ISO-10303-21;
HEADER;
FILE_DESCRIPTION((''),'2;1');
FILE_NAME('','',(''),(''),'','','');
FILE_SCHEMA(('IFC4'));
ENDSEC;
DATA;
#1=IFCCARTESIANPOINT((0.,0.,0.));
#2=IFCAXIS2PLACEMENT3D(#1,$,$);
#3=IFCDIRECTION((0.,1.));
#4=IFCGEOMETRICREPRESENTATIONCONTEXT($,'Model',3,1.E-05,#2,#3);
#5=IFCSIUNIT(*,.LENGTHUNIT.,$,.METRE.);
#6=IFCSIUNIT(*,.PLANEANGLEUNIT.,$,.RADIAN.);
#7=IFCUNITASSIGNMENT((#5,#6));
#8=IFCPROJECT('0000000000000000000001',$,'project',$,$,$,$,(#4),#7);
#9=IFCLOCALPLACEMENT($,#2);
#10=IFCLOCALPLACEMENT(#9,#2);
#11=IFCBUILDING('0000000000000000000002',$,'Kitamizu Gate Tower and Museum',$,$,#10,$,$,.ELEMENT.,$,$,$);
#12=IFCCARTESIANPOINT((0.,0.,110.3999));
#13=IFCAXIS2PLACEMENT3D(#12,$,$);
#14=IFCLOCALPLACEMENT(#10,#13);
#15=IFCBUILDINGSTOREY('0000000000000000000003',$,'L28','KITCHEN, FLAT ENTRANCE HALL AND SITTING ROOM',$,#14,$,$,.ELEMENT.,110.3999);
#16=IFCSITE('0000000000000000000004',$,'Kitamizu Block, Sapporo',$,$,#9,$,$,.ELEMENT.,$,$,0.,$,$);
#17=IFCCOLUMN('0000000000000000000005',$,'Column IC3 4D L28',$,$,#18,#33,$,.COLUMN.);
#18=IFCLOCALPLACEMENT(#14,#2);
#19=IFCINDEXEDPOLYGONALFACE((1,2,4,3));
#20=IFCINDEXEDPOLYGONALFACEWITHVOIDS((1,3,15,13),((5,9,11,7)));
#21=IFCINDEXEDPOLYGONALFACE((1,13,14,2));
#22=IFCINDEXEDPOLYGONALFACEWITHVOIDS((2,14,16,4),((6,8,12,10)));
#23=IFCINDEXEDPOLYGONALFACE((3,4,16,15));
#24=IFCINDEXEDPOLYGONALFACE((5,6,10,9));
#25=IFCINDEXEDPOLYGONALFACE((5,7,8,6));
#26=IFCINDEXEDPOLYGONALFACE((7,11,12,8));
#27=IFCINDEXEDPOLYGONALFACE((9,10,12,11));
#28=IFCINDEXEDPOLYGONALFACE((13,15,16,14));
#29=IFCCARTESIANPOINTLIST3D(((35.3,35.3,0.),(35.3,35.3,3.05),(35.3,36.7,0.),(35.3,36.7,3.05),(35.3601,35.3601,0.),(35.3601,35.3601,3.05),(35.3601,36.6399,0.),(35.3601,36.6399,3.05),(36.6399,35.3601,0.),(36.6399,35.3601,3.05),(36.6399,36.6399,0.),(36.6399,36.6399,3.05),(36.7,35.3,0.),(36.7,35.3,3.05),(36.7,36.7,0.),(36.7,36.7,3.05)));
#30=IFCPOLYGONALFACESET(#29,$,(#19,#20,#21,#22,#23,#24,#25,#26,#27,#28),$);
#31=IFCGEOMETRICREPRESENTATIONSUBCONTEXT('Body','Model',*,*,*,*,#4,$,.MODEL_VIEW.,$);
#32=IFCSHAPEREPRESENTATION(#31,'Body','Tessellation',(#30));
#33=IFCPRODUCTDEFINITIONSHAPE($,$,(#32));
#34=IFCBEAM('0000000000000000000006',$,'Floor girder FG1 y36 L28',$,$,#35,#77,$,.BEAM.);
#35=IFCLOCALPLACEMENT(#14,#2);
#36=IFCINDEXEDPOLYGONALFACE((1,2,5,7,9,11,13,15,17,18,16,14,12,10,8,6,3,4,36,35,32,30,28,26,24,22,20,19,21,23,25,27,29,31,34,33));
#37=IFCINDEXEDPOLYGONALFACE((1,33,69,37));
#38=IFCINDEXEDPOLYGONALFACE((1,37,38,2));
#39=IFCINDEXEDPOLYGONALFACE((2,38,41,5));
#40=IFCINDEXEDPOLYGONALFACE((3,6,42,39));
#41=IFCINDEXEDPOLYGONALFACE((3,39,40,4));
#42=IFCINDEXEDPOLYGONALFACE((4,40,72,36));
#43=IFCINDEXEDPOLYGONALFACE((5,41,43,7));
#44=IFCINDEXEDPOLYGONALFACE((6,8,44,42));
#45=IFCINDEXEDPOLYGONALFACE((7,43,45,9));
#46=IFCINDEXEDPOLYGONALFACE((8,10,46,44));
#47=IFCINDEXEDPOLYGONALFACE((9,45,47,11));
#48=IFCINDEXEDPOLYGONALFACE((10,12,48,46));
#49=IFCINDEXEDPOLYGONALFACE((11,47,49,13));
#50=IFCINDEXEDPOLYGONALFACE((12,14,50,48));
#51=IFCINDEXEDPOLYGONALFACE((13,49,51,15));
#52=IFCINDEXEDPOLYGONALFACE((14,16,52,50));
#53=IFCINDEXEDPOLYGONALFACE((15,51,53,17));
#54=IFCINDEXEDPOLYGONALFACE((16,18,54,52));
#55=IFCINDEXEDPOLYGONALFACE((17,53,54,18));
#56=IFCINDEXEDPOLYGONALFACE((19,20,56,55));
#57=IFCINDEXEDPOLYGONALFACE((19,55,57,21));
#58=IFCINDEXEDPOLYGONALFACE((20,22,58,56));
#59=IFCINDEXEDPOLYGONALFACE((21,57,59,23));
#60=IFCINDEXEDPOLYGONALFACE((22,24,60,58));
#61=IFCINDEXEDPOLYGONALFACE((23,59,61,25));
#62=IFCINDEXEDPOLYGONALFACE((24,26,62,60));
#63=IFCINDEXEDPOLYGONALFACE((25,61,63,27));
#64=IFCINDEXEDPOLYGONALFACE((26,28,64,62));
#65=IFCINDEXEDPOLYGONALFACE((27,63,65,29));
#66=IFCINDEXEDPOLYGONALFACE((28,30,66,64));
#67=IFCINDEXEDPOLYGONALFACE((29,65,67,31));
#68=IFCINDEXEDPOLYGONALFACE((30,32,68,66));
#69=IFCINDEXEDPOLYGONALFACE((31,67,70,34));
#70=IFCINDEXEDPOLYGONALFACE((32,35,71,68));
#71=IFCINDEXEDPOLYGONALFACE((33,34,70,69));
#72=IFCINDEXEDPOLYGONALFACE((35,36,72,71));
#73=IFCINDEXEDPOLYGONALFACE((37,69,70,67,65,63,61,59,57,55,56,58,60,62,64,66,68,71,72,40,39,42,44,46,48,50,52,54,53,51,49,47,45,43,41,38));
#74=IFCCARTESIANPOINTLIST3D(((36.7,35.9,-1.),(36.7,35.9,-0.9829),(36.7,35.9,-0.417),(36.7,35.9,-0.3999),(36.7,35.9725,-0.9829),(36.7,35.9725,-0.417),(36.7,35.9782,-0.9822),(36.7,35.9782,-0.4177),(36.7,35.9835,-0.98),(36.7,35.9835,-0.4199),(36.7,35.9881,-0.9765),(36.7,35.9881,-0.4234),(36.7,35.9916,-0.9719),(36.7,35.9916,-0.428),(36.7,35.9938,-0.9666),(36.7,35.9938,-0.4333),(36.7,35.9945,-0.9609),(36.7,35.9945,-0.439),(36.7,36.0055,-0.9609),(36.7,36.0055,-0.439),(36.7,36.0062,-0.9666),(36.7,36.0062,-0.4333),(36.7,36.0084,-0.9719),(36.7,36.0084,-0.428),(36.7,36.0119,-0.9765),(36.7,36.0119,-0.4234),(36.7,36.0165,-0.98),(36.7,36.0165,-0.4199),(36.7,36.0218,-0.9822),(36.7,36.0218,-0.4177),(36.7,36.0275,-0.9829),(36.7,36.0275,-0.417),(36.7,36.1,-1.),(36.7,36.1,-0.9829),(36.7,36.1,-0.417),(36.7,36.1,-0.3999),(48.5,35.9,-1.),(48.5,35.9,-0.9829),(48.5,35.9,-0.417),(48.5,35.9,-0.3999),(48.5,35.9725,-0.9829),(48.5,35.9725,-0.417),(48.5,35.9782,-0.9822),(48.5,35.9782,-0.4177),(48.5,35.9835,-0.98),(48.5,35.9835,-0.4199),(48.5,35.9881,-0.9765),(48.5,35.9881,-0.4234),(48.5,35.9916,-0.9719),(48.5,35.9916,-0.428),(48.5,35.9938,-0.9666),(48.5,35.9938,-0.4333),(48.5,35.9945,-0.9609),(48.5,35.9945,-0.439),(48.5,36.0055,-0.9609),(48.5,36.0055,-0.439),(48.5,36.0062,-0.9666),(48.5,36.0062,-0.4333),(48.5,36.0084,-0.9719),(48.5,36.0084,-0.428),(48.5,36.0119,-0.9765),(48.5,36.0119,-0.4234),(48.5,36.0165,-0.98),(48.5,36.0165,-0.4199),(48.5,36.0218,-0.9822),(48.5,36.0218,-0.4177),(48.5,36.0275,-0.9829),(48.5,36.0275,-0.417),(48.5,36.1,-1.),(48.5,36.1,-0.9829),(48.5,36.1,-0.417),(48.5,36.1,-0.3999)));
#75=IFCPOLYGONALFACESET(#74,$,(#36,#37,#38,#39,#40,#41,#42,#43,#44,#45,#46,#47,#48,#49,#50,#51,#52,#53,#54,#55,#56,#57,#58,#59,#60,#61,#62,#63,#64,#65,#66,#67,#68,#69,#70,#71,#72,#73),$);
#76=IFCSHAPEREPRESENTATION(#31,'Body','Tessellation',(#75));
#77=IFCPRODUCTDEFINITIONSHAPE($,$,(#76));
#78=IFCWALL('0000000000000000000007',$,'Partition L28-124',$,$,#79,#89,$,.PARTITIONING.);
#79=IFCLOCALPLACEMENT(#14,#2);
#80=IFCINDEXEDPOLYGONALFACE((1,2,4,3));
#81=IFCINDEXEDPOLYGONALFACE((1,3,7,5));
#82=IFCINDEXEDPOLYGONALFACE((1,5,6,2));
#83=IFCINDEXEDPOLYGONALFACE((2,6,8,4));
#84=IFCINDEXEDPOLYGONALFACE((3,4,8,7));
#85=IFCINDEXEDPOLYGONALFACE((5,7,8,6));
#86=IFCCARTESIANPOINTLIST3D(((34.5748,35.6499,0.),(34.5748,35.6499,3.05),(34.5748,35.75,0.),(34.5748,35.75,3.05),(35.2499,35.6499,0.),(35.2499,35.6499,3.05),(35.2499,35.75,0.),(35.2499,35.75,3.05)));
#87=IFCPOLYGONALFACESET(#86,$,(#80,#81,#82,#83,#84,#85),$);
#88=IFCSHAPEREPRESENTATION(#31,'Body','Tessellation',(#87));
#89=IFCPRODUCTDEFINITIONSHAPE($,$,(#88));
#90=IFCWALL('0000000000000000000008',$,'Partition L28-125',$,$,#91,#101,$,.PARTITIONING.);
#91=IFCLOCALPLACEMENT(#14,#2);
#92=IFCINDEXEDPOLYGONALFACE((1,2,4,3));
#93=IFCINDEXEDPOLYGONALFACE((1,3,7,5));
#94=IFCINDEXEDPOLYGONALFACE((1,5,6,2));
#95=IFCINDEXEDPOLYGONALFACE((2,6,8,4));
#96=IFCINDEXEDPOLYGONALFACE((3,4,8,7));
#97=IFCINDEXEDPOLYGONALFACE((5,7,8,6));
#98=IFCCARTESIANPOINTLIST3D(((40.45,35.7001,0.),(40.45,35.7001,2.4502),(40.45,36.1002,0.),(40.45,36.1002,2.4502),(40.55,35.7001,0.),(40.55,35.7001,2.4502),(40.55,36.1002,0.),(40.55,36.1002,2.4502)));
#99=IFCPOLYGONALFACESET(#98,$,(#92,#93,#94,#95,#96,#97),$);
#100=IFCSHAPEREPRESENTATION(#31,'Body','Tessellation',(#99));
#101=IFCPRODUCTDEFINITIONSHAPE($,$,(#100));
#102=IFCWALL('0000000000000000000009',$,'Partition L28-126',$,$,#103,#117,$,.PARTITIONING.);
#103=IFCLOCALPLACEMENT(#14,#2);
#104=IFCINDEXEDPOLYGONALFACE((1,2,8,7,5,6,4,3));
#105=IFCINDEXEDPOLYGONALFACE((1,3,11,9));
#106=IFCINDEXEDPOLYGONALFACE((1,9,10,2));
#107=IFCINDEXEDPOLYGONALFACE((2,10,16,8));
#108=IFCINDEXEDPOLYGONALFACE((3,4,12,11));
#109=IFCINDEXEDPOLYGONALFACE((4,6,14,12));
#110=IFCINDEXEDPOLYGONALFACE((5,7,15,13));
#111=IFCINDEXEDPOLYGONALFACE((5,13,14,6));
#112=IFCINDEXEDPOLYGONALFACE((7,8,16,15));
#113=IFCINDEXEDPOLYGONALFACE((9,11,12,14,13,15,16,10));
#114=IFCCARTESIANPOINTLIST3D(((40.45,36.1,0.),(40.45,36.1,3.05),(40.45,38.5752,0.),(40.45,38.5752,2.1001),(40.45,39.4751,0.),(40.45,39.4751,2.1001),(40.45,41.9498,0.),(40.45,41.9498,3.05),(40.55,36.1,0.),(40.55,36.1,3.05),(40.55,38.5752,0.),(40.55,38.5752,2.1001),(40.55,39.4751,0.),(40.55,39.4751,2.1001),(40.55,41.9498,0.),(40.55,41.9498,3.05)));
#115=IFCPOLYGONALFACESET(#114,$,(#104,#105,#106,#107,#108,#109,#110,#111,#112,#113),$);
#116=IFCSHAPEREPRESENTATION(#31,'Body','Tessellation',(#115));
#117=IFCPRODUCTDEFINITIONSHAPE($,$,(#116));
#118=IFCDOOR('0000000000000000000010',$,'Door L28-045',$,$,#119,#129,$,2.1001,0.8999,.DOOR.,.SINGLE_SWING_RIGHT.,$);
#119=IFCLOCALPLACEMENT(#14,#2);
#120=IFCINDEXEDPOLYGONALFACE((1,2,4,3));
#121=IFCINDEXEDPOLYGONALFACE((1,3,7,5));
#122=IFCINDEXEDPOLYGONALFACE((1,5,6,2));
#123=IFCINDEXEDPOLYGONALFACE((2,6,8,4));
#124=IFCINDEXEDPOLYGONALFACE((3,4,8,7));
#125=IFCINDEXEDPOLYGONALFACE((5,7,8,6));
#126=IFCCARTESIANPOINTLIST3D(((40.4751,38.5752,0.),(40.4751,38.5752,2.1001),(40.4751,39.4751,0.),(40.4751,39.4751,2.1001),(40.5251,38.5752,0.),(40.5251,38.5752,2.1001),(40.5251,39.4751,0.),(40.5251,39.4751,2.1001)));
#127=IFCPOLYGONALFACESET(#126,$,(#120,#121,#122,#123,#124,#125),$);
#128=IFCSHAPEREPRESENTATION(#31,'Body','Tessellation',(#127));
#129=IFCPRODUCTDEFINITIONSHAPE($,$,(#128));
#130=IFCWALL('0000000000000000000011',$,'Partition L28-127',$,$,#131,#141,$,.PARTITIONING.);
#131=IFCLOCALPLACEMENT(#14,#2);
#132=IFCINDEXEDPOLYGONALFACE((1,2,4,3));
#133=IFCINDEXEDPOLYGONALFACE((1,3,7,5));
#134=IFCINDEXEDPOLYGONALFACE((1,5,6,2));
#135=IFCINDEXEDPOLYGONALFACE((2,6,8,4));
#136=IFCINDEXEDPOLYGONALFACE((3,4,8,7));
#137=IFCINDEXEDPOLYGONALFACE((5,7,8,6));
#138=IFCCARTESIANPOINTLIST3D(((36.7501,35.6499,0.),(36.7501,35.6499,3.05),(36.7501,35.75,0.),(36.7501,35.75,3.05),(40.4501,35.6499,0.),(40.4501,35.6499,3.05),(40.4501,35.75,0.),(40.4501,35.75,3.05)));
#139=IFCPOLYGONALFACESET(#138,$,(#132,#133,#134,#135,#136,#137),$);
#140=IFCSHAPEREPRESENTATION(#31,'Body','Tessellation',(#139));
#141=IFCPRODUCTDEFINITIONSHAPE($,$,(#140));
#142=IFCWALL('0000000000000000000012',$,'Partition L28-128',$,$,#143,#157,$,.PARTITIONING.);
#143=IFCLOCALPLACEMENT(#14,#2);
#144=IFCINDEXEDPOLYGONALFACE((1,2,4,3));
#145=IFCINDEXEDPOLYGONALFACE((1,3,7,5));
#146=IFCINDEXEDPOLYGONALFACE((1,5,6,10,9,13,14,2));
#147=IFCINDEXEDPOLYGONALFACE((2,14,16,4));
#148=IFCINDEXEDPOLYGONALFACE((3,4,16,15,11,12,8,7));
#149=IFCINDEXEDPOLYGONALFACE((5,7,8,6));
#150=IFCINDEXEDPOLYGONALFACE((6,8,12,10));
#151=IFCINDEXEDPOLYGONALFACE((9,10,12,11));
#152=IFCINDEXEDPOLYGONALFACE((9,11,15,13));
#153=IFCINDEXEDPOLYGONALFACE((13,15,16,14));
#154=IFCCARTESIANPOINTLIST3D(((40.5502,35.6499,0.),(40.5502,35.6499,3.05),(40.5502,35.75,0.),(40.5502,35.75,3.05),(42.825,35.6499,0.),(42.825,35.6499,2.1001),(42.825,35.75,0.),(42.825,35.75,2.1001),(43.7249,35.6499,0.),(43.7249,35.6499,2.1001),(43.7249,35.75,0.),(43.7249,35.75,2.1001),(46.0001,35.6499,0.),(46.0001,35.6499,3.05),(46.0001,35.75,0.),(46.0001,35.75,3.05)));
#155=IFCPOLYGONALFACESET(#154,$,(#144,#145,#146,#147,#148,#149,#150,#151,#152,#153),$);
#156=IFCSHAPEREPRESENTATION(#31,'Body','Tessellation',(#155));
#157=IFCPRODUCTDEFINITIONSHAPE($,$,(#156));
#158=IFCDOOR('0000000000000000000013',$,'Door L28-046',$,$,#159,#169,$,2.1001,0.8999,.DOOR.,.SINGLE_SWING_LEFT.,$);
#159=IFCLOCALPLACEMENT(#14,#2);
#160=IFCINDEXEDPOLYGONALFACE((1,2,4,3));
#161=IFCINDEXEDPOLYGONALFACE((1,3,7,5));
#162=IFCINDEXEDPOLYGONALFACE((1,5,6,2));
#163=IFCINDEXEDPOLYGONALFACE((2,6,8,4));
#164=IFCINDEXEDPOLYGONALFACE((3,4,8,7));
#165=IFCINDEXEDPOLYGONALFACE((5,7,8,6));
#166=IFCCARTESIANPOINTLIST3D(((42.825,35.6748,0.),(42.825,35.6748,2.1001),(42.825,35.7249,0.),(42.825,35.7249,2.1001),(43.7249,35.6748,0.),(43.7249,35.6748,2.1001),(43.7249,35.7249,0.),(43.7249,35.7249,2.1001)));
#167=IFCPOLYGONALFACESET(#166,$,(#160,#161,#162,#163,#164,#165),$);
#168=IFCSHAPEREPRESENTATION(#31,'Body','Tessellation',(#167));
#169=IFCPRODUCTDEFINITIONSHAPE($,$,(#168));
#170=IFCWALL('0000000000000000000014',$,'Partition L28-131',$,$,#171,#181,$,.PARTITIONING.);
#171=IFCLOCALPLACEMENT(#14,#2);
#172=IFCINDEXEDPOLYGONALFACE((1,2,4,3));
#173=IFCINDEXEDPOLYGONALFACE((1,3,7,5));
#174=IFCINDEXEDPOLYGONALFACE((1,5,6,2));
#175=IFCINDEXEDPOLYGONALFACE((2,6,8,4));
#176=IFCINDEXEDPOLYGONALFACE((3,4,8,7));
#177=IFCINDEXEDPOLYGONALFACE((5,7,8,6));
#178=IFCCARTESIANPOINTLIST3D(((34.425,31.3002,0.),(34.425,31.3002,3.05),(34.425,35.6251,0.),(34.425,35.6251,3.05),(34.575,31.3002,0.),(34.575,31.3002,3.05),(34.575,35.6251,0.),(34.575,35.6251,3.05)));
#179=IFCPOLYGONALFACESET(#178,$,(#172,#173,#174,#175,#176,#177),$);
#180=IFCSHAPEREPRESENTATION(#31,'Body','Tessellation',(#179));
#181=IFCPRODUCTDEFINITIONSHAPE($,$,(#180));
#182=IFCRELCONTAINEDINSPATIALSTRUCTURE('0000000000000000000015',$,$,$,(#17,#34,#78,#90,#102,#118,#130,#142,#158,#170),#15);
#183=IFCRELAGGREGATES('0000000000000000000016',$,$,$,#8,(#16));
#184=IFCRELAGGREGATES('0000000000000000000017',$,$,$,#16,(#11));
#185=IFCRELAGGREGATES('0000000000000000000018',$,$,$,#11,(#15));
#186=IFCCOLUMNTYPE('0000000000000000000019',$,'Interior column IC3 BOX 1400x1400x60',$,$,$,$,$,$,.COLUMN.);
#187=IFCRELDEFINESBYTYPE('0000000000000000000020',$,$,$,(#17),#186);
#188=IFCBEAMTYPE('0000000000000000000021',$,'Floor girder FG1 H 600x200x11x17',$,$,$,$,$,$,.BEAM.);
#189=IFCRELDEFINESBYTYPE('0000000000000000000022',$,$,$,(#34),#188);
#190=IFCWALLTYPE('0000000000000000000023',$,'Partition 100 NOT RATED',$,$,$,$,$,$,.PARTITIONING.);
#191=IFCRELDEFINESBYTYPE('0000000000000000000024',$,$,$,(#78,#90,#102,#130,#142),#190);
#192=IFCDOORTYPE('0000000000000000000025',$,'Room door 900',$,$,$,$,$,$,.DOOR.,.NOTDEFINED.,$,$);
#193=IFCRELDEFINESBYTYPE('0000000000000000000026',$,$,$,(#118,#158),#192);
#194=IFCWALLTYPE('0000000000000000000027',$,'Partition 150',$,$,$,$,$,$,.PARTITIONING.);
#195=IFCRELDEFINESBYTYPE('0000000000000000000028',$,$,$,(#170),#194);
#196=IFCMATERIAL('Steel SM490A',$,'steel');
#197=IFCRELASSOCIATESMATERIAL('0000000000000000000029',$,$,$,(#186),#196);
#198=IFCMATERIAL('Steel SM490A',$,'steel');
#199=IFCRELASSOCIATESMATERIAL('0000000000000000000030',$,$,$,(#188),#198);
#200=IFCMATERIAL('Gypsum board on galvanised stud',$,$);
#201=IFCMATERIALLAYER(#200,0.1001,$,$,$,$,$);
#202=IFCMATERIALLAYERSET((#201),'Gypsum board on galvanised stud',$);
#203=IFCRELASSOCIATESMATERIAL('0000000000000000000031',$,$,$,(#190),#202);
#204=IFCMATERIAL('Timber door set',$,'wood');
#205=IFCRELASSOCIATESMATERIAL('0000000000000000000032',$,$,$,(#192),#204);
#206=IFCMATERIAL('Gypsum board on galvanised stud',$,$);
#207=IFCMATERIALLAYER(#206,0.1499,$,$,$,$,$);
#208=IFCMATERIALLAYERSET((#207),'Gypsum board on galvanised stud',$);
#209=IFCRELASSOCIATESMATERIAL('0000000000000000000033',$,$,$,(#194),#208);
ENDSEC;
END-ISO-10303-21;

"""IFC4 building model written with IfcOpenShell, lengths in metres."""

from ifc_helpers import new_model, si_unit, direction, frame, frame_2d, origin, origin_2d, place, context, subcontext, project, spatial, rectangle, hollow_rectangle, i_section, extrude, material, layer, layer_set, material_profile, profile_set, type_object, element, fill, save


model = new_model("IFC4")

# Units and contexts
model_context = context("Model", 3, precision=1e-05, world=origin(), true_north=direction((0.0, 1.0)))
body_context = subcontext(model_context, "Body", "Model", "MODEL_VIEW")
ifc_project = project(units=[si_unit("LENGTHUNIT", "METRE"), si_unit("PLANEANGLEUNIT", "RADIAN")], contexts=[model_context])

# Site, building, storey
site_placement = place(None, origin())
site = spatial("IfcSite", under=ifc_project, at=site_placement, Name="Kitamizu Block, Sapporo", CompositionType="ELEMENT", RefElevation=0.0)
building_placement = place(site_placement, origin())
building = spatial("IfcBuilding", under=site, at=building_placement, Name="Kitamizu Gate Tower and Museum", CompositionType="ELEMENT")
storey_placement = place(building_placement, frame((0.0, 0.0, 110.3999)))
storey = spatial("IfcBuildingStorey", under=building, at=storey_placement, Name="L28", Description="KITCHEN, FLAT ENTRANCE HALL AND SITTING ROOM", CompositionType="ELEMENT", Elevation=110.3999)

# Column
ifc_material_1 = material(Name="Steel SM490A", Category="steel")
ifc_material_profile_1 = material_profile(ifc_material_1, hollow_rectangle(XDim=1.3999, YDim=1.3999, WallThickness=0.0601, at=origin_2d()), Name="BOX 1400x1400x60")
ifc_profile_set_1 = profile_set([ifc_material_profile_1], Name="Steel SM490A")
column_type = type_object("IfcColumnType", Name="Interior column IC3 BOX 1400x1400x60", PredefinedType="COLUMN", material=ifc_profile_set_1)
column_placement = place(storey_placement, frame((36.0, 36.0, 0.0), z_axis=(0.0, 0.0, 1.0), x_axis=(1.0, 0.0, 0.0)))
element("IfcColumn", 1, at=column_placement, inside=storey, type_object=column_type, Name="Column IC3 4D L28", PredefinedType="COLUMN", context=body_context, shape_type="SweptSolid", body=[
    extrude(hollow_rectangle(XDim=1.3999, YDim=1.3999, WallThickness=0.0601, at=origin_2d()), origin(), (0.0, 0.0, 1.0), 3.05),
])

# Beam
ifc_material_2 = material(Name="Steel SM490A", Category="steel")
ifc_material_profile_2 = material_profile(ifc_material_2, i_section(OverallWidth=0.2, OverallDepth=0.6001, WebThickness=0.011, FlangeThickness=0.0171, FilletRadius=0.022, at=origin_2d()), Name="H-600x200x11x17")
ifc_profile_set_2 = profile_set([ifc_material_profile_2], Name="Steel SM490A")
beam_type = type_object("IfcBeamType", Name="Floor girder FG1 H 600x200x11x17", PredefinedType="BEAM", material=ifc_profile_set_2)
beam_placement = place(storey_placement, frame((36.7, 36.0, -0.7), z_axis=(1.0, 0.0, 0.0), x_axis=(0.0, 1.0, 0.0)))
element("IfcBeam", 2, at=beam_placement, inside=storey, type_object=beam_type, Name="Floor girder FG1 y36 L28", PredefinedType="BEAM", context=body_context, shape_type="SweptSolid", body=[
    extrude(i_section(OverallWidth=0.2, OverallDepth=0.6001, WebThickness=0.011, FlangeThickness=0.0171, FilletRadius=0.022, at=origin_2d()), origin(), (0.0, 0.0, 1.0), 11.8),
])

# Walls
ifc_material_3 = material(Name="Gypsum board on galvanised stud")
ifc_layer_1 = layer(ifc_material_3, 0.1001)
ifc_layer_set_1 = layer_set([ifc_layer_1], Name="Gypsum board on galvanised stud")
wall_type_1 = type_object("IfcWallType", Name="Partition 100 NOT RATED", PredefinedType="PARTITIONING", material=ifc_layer_set_1)
wall_1_placement = place(storey_placement, frame((34.575, 35.7, 0.0), z_axis=(0.0, 0.0, 1.0), x_axis=(1.0, 0.0, 0.0)))
element("IfcWall", 3, at=wall_1_placement, inside=storey, type_object=wall_type_1, Name="Partition L28-124", PredefinedType="PARTITIONING", context=body_context, shape_type="SweptSolid", body=[
    extrude(rectangle(XDim=0.675, YDim=0.1001, at=frame_2d((0.3374, 0.0))), origin(), (0.0, 0.0, 1.0), 3.05),
])
wall_2_placement = place(storey_placement, frame((40.5, 35.7, 0.0), z_axis=(0.0, 0.0, 1.0), x_axis=(0.0, 1.0, 0.0)))
element("IfcWall", 4, at=wall_2_placement, inside=storey, type_object=wall_type_1, Name="Partition L28-125", PredefinedType="PARTITIONING", context=body_context, shape_type="SweptSolid", body=[
    extrude(rectangle(XDim=0.4001, YDim=0.1001, at=frame_2d((0.2002, 0.0))), origin(), (0.0, 0.0, 1.0), 2.4502),
])

# Wall, opening, door
wall_3_placement = place(storey_placement, frame((40.5, 36.1001, 0.0), z_axis=(0.0, 0.0, 1.0), x_axis=(0.0, 1.0, 0.0)))
wall_3 = element("IfcWall", 5, at=wall_3_placement, inside=storey, type_object=wall_type_1, Name="Partition L28-126", PredefinedType="PARTITIONING", context=body_context, shape_type="SweptSolid", body=[
    extrude(rectangle(XDim=5.8499, YDim=0.1001, at=frame_2d((2.9248, 0.0))), origin(), (0.0, 0.0, 1.0), 3.05),
])
opening_1_placement = place(wall_3_placement, frame((2.4751, 0.0, 0.0)))
opening_1 = element("IfcOpeningElement", 6, at=opening_1_placement, cuts=wall_3, PredefinedType="OPENING", context=body_context, shape_type="SweptSolid", body=[
    extrude(rectangle(XDim=0.8999, YDim=2.1001, at=frame_2d((0.45, 1.05))), frame((0.0, 0.0601, 0.0), z_axis=(0.0, -1.0, 0.0), x_axis=(1.0, 0.0, 0.0)), (0.0, 0.0, 1.0), 0.1201),
])
ifc_material_4 = material(Name="Timber door set", Category="wood")
door_type = type_object("IfcDoorType", Name="Room door 900", OperationType="NOTDEFINED", PredefinedType="DOOR", material=ifc_material_4)
door_1_placement = place(opening_1_placement, origin())
door_1 = element("IfcDoor", 7, at=door_1_placement, inside=storey, type_object=door_type, Name="Door L28-045", OperationType="SINGLE_SWING_RIGHT", OverallHeight=2.1001, OverallWidth=0.8999, PredefinedType="DOOR", context=body_context, shape_type="SweptSolid", body=[
    extrude(rectangle(XDim=0.8999, YDim=2.1001, at=frame_2d((0.45, 1.05))), frame((0.0, 0.0249, 0.0), z_axis=(0.0, -1.0, 0.0), x_axis=(1.0, 0.0, 0.0)), (0.0, 0.0, 1.0), 0.05),
])
fill(opening_1, door_1)

# Wall
wall_4_placement = place(storey_placement, frame((36.75, 35.7, 0.0), z_axis=(0.0, 0.0, 1.0), x_axis=(1.0, 0.0, 0.0)))
element("IfcWall", 8, at=wall_4_placement, inside=storey, type_object=wall_type_1, Name="Partition L28-127", PredefinedType="PARTITIONING", context=body_context, shape_type="SweptSolid", body=[
    extrude(rectangle(XDim=3.7, YDim=0.1001, at=frame_2d((1.8501, 0.0))), origin(), (0.0, 0.0, 1.0), 3.05),
])

# Wall, opening, door
wall_5_placement = place(storey_placement, frame((40.55, 35.7, 0.0), z_axis=(0.0, 0.0, 1.0), x_axis=(1.0, 0.0, 0.0)))
wall_5 = element("IfcWall", 9, at=wall_5_placement, inside=storey, type_object=wall_type_1, Name="Partition L28-128", PredefinedType="PARTITIONING", context=body_context, shape_type="SweptSolid", body=[
    extrude(rectangle(XDim=5.45, YDim=0.1001, at=frame_2d((2.7251, 0.0))), origin(), (0.0, 0.0, 1.0), 3.05),
])
opening_2_placement = place(wall_5_placement, frame((2.2749, 0.0, 0.0)))
opening_2 = element("IfcOpeningElement", 10, at=opening_2_placement, cuts=wall_5, PredefinedType="OPENING", context=body_context, shape_type="SweptSolid", body=[
    extrude(rectangle(XDim=0.8999, YDim=2.1001, at=frame_2d((0.45, 1.05))), frame((0.0, 0.0601, 0.0), z_axis=(0.0, -1.0, 0.0), x_axis=(1.0, 0.0, 0.0)), (0.0, 0.0, 1.0), 0.1201),
])
door_2_placement = place(opening_2_placement, origin())
door_2 = element("IfcDoor", 11, at=door_2_placement, inside=storey, type_object=door_type, Name="Door L28-046", OperationType="SINGLE_SWING_LEFT", OverallHeight=2.1001, OverallWidth=0.8999, PredefinedType="DOOR", context=body_context, shape_type="SweptSolid", body=[
    extrude(rectangle(XDim=0.8999, YDim=2.1001, at=frame_2d((0.45, 1.05))), frame((0.0, 0.0249, 0.0), z_axis=(0.0, -1.0, 0.0), x_axis=(1.0, 0.0, 0.0)), (0.0, 0.0, 1.0), 0.05),
])
fill(opening_2, door_2)

# Wall
ifc_material_5 = material(Name="Gypsum board on galvanised stud")
ifc_layer_2 = layer(ifc_material_5, 0.1499)
ifc_layer_set_2 = layer_set([ifc_layer_2], Name="Gypsum board on galvanised stud")
wall_type_2 = type_object("IfcWallType", Name="Partition 150", PredefinedType="PARTITIONING", material=ifc_layer_set_2)
wall_6_placement = place(storey_placement, frame((34.5, 31.3, 0.0), z_axis=(0.0, 0.0, 1.0), x_axis=(0.0, 1.0, 0.0)))
element("IfcWall", 12, at=wall_6_placement, inside=storey, type_object=wall_type_2, Name="Partition L28-131", PredefinedType="PARTITIONING", context=body_context, shape_type="SweptSolid", body=[
    extrude(rectangle(XDim=4.325, YDim=0.1499, at=frame_2d((2.1626, 0.0))), origin(), (0.0, 0.0, 1.0), 3.05),
])

save(model, "model.ifc")
